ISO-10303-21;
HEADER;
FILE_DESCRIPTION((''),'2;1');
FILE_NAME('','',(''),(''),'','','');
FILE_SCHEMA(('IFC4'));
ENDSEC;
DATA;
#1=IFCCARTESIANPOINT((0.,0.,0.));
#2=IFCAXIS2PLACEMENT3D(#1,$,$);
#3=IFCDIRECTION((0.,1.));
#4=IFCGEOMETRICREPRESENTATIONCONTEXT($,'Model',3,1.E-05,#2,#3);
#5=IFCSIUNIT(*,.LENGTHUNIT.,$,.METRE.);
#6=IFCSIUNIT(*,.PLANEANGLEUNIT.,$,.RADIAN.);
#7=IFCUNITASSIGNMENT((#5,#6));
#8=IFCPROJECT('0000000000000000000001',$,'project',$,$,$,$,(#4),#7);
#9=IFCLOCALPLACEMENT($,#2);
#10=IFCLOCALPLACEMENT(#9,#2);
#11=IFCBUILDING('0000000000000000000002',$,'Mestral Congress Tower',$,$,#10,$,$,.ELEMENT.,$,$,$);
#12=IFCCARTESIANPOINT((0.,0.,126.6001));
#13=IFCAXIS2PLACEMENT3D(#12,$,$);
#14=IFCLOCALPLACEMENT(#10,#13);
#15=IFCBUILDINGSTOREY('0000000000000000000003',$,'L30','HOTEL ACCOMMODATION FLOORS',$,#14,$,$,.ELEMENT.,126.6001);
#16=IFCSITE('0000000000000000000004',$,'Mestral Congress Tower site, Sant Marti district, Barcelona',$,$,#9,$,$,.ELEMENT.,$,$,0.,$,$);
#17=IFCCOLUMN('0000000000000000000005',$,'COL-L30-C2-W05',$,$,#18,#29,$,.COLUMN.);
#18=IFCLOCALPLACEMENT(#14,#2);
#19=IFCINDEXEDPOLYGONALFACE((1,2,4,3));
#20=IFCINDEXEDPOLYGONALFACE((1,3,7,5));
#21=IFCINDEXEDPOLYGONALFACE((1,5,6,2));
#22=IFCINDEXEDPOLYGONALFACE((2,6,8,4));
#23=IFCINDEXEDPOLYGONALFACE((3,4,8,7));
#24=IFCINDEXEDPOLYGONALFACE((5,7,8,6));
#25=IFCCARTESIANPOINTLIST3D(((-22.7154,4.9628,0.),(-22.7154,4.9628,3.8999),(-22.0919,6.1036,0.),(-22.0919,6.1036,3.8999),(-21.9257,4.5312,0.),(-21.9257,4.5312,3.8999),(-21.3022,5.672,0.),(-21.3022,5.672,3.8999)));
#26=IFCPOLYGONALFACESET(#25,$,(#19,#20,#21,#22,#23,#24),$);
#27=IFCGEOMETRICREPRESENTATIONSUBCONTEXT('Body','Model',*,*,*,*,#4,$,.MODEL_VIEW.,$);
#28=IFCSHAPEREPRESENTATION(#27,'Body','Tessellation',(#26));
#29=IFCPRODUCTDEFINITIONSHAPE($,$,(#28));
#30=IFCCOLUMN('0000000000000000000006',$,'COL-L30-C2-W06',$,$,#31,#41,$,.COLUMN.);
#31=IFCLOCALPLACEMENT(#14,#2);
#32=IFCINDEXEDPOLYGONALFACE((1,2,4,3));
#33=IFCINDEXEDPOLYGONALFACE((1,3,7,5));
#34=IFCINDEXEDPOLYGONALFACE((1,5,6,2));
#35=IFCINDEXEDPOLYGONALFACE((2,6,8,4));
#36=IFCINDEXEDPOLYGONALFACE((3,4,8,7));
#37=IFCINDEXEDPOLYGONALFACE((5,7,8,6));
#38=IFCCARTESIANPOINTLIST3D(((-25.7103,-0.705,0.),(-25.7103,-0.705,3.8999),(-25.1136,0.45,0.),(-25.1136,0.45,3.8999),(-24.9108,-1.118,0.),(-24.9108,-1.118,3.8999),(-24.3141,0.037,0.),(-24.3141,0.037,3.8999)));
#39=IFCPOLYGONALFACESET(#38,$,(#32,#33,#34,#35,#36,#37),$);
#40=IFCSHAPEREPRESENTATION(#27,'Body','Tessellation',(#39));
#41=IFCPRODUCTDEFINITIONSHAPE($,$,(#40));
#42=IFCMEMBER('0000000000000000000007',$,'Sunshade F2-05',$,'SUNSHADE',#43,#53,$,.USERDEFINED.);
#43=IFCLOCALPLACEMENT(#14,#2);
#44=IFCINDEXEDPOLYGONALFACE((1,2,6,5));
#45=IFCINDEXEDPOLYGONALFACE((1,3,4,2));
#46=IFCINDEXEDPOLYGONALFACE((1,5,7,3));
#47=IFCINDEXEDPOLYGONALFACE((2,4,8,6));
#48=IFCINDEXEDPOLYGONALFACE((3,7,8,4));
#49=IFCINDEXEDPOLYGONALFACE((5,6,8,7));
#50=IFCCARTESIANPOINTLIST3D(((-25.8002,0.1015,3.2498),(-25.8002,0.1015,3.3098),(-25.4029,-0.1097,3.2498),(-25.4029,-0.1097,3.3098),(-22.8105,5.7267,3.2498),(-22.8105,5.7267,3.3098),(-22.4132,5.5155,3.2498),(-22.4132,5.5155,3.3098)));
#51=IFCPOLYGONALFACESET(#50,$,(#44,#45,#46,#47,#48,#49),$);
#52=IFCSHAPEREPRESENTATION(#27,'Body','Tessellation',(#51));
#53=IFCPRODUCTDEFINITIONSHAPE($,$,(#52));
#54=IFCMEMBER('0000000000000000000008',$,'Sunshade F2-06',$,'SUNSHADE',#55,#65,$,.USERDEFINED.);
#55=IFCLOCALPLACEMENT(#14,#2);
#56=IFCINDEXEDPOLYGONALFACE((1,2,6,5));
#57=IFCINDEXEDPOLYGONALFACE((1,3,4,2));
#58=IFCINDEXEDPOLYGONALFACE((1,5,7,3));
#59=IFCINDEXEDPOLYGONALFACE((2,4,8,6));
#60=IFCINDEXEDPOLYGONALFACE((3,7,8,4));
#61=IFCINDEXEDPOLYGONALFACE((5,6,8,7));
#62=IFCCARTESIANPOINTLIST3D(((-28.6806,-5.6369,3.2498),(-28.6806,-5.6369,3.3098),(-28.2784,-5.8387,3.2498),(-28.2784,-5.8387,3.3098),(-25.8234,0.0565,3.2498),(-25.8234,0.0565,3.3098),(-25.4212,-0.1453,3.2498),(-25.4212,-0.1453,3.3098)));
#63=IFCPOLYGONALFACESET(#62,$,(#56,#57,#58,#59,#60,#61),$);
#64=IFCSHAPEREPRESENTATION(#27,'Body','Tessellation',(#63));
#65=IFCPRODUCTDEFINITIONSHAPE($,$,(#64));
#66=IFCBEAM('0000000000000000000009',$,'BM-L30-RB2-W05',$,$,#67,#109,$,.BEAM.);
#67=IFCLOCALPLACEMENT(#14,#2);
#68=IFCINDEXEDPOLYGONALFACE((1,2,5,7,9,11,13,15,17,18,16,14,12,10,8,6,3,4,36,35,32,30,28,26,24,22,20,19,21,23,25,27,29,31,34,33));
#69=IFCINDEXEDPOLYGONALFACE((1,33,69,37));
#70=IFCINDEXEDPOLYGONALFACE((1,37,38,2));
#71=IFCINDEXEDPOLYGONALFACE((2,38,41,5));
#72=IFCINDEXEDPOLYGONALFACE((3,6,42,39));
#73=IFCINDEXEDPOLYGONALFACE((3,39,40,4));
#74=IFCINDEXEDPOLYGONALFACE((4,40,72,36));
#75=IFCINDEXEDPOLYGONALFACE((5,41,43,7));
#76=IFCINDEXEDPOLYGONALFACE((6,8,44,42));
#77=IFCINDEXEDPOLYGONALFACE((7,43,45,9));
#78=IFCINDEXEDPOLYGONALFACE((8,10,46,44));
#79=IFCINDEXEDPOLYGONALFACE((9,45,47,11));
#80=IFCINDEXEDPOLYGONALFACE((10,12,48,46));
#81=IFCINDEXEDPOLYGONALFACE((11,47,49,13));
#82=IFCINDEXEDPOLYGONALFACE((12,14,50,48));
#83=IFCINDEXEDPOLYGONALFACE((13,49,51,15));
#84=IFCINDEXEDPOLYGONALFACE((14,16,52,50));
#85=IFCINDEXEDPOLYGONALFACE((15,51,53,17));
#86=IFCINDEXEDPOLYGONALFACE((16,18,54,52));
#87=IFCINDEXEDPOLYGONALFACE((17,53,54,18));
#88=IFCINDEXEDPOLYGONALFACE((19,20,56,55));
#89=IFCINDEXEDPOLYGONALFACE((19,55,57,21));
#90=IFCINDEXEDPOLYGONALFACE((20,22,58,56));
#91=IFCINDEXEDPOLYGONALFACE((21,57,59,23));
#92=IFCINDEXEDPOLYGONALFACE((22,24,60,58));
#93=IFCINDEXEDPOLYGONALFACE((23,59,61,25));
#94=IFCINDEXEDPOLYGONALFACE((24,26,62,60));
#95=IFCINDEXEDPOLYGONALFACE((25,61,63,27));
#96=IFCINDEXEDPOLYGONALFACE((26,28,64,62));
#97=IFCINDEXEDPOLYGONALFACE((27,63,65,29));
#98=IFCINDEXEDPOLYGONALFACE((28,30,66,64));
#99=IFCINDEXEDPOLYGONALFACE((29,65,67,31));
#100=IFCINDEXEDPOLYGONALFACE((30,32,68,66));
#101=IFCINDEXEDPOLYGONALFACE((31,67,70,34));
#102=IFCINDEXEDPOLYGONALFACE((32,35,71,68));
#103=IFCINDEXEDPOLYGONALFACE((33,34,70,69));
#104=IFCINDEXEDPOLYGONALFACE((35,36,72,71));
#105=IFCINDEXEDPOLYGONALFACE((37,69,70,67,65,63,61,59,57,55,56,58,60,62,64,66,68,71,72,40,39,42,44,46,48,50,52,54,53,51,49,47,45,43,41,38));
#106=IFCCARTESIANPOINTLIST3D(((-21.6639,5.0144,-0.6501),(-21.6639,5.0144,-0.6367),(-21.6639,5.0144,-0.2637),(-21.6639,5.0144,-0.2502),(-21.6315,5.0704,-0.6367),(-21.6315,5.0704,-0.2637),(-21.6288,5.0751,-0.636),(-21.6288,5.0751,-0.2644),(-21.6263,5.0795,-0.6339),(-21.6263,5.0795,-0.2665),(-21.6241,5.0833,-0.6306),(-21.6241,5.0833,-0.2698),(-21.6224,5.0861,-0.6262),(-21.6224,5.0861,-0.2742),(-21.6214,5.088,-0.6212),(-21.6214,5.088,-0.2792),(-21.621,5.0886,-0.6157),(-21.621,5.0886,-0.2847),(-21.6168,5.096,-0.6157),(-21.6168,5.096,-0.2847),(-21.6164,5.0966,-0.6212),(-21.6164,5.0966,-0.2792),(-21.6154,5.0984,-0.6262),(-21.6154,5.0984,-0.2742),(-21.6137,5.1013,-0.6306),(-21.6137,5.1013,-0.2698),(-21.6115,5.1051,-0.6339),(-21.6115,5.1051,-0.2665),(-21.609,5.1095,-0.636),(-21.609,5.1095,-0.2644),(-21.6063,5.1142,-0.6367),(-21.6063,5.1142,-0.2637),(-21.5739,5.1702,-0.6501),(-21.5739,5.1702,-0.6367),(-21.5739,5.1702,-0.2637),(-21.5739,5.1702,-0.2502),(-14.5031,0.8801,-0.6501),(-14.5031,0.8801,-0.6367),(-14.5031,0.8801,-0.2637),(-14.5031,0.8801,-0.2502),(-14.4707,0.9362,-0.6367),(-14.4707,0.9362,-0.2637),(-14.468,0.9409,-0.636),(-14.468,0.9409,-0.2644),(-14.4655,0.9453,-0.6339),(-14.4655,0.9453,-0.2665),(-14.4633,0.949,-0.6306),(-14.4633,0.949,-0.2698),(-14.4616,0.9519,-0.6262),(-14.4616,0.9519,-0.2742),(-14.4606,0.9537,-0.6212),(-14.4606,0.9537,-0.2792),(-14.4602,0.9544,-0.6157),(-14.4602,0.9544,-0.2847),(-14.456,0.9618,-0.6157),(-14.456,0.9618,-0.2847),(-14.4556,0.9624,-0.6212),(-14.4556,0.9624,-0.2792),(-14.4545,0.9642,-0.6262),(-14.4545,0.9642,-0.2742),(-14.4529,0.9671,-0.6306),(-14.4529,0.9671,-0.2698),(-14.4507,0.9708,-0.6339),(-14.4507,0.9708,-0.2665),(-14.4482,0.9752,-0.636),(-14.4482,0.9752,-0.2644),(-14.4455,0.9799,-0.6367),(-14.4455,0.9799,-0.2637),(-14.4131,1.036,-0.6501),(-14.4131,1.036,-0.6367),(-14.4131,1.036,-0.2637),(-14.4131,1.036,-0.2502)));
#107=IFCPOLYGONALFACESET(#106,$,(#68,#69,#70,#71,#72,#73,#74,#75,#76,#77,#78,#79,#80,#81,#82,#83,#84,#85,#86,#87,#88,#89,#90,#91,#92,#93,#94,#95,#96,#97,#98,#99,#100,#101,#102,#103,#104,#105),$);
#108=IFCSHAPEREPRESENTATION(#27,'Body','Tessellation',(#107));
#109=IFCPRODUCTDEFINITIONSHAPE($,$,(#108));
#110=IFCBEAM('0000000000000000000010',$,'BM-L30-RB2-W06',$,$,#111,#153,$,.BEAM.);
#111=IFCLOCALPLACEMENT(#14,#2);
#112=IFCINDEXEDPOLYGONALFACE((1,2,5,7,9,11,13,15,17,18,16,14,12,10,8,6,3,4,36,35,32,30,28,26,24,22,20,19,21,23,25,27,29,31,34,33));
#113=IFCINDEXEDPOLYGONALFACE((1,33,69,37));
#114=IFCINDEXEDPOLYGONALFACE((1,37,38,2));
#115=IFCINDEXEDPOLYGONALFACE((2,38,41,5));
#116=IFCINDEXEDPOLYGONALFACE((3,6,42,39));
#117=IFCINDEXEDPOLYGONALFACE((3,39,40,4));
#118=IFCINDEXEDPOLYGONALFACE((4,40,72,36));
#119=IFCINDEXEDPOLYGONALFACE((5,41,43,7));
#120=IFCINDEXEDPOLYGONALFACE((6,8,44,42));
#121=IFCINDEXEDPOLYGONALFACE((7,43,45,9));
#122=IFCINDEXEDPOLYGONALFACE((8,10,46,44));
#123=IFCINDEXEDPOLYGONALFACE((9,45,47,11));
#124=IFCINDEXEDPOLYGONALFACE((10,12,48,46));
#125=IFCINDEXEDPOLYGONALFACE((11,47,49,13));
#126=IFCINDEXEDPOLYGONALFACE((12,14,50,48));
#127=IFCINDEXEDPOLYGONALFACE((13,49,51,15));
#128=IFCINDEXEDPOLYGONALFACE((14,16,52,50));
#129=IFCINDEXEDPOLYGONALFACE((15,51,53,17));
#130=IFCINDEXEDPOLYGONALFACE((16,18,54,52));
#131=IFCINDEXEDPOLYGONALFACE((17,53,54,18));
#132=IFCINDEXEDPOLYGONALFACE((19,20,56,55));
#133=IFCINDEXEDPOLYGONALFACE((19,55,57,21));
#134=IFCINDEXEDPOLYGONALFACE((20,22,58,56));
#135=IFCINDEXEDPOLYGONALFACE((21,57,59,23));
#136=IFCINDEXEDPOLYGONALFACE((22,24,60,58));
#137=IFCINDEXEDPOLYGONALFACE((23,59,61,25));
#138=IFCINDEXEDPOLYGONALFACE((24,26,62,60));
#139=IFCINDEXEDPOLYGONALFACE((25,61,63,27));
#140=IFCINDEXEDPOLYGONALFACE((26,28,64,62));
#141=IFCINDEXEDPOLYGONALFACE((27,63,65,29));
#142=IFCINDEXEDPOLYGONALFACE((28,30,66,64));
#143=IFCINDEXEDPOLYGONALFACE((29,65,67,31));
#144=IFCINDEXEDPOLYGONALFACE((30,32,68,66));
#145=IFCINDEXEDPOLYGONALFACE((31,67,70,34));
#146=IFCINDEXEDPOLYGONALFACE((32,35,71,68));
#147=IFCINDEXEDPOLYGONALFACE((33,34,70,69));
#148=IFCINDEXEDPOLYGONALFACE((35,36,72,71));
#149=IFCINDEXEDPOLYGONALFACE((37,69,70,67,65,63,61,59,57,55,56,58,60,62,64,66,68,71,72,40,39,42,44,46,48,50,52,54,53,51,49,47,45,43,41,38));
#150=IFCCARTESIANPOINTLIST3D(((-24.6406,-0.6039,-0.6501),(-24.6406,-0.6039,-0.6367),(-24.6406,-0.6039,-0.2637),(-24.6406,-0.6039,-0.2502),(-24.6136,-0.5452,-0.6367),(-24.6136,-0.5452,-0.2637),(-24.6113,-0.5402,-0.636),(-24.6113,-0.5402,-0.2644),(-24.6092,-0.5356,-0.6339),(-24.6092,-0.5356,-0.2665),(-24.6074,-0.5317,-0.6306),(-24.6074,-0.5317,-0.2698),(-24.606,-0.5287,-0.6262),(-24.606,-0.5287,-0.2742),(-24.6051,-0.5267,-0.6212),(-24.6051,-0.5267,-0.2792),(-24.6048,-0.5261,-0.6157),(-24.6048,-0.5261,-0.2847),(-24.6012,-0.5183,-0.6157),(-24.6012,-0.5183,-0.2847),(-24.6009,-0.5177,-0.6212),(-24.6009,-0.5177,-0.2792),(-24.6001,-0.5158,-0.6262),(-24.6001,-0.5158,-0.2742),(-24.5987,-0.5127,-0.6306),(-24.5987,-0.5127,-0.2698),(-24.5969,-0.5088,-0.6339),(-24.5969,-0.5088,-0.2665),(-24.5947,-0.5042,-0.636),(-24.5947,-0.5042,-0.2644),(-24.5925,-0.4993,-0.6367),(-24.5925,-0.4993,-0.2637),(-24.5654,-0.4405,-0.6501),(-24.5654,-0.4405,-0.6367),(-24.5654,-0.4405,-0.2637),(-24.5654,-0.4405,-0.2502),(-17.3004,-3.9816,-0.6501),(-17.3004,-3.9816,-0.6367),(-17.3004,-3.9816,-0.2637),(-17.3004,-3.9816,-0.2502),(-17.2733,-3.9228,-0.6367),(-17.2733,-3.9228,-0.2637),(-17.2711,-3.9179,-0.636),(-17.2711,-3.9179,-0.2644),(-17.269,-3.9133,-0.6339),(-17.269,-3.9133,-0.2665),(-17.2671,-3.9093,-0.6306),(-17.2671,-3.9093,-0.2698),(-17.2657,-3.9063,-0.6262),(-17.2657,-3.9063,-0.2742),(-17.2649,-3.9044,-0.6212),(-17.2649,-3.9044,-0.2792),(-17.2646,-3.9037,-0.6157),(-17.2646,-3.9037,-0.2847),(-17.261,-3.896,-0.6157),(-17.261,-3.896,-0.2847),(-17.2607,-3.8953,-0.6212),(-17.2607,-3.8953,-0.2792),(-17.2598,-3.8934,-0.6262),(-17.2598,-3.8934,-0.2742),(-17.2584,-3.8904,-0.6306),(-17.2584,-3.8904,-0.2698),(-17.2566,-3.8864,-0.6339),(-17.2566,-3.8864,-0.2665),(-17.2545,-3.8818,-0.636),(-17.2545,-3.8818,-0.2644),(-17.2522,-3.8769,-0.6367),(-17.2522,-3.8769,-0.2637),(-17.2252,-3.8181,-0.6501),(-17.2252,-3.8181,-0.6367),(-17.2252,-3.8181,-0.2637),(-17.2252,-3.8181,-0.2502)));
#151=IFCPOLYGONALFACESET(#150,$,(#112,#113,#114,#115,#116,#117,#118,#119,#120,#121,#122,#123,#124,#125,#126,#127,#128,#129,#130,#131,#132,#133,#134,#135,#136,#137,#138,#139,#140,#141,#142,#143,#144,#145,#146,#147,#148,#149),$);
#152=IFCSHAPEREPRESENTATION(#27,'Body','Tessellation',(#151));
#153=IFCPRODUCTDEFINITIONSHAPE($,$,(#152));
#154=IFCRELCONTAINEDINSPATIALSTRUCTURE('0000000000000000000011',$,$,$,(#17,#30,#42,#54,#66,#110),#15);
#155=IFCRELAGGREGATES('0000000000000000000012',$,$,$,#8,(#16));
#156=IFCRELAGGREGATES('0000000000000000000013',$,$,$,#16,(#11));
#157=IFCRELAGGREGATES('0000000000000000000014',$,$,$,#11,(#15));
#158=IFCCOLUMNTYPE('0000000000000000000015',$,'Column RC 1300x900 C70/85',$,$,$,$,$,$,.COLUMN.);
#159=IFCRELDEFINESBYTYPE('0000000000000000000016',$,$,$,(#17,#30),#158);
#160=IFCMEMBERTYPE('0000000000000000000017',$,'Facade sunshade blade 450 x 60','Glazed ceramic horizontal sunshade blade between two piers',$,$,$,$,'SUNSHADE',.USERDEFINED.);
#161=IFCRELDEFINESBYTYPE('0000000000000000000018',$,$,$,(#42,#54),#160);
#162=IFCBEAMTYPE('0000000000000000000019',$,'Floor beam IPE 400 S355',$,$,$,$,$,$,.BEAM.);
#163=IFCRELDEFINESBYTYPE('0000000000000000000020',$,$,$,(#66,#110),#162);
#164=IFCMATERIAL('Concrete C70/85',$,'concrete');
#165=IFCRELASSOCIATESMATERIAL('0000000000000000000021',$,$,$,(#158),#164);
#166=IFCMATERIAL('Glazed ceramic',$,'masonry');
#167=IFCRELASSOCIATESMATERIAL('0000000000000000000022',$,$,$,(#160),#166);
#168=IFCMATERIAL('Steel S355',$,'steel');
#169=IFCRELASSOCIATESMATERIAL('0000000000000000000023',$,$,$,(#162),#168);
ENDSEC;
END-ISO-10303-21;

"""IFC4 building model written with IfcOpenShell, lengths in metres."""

from ifc_helpers import new_model, si_unit, direction, frame, origin, origin_2d, place, context, subcontext, project, spatial, rectangle, i_section, extrude, material, material_profile, profile_set, type_object, element, save


model = new_model("IFC4")

# Units and contexts
model_context = context("Model", 3, precision=1e-05, world=origin(), true_north=direction((0.0, 1.0)))
body_context = subcontext(model_context, "Body", "Model", "MODEL_VIEW")
ifc_project = project(units=[si_unit("LENGTHUNIT", "METRE"), si_unit("PLANEANGLEUNIT", "RADIAN")], contexts=[model_context])

# Site, building, storey
site_placement = place(None, origin())
site = spatial("IfcSite", under=ifc_project, at=site_placement, Name="Mestral Congress Tower site, Sant Marti district, Barcelona", CompositionType="ELEMENT", RefElevation=0.0)
building_placement = place(site_placement, origin())
building = spatial("IfcBuilding", under=site, at=building_placement, Name="Mestral Congress Tower", CompositionType="ELEMENT")
storey_placement = place(building_placement, frame((0.0, 0.0, 126.6001)))
storey = spatial("IfcBuildingStorey", under=building, at=storey_placement, Name="L30", Description="HOTEL ACCOMMODATION FLOORS", CompositionType="ELEMENT", Elevation=126.6001)

# Columns
ifc_material_1 = material(Name="Concrete C70/85", Category="concrete")
ifc_material_profile_1 = material_profile(ifc_material_1, rectangle(XDim=1.3, YDim=0.8999, at=origin_2d()), Name="RC 1300x900")
ifc_profile_set_1 = profile_set([ifc_material_profile_1], Name="Concrete C70/85")
column_type = type_object("IfcColumnType", Name="Column RC 1300x900 C70/85", PredefinedType="COLUMN", material=ifc_profile_set_1)
for number, where, z_axis, x_axis, name in (
    (1, (-22.0088, 5.3174, 0.0), (0.0, 0.0, 1.0), (-0.479613, -0.87748, 0.0), "COL-L30-C2-W05"),
    (2, (-25.0122, -0.334, 0.0), (0.0, 0.0, 1.0), (-0.458961, -0.888456, 0.0), "COL-L30-C2-W06"),
):
    element("IfcColumn", number, at=place(storey_placement, frame(where, z_axis=z_axis, x_axis=x_axis)), inside=storey, type_object=column_type, Name=name, PredefinedType="COLUMN", context=body_context, shape_type="SweptSolid", body=[
        extrude(rectangle(XDim=1.3, YDim=0.8999, at=origin_2d()), origin(), (0.0, 0.0, 1.0), 3.8999),
    ])

# Members
ifc_material_2 = material(Name="Glazed ceramic", Category="masonry")
ifc_material_profile_2 = material_profile(ifc_material_2, rectangle(XDim=0.45, YDim=0.0601, at=origin_2d()), Name="Ceramic blade 450 x 60")
ifc_profile_set_2 = profile_set([ifc_material_profile_2], Name="Glazed ceramic")
member_type = type_object("IfcMemberType", Name="Facade sunshade blade 450 x 60", Description="Glazed ceramic horizontal sunshade blade between two piers", ElementType="SUNSHADE", PredefinedType="USERDEFINED", material=ifc_profile_set_2)
member_1_placement = place(storey_placement, frame((-22.6118, 5.6211, 3.2798), z_axis=(-0.469319, -0.883029, 0.0), x_axis=(0.883029, -0.469319, 0.0)))
element("IfcMember", 3, at=member_1_placement, inside=storey, type_object=member_type, Name="Sunshade F2-05", ObjectType="SUNSHADE", PredefinedType="USERDEFINED", context=body_context, shape_type="SweptSolid", body=[
    extrude(rectangle(XDim=0.45, YDim=0.0601, at=origin_2d()), origin(), (0.0, 0.0, 1.0), 6.3704),
])
member_2_placement = place(storey_placement, frame((-25.6223, -0.0444, 3.2798), z_axis=(-0.448532, -0.893767, 0.0), x_axis=(0.893767, -0.448532, 0.0)))
element("IfcMember", 4, at=member_2_placement, inside=storey, type_object=member_type, Name="Sunshade F2-06", ObjectType="SUNSHADE", PredefinedType="USERDEFINED", context=body_context, shape_type="SweptSolid", body=[
    extrude(rectangle(XDim=0.45, YDim=0.0601, at=origin_2d()), origin(), (0.0, 0.0, 1.0), 6.3701),
])

# Beams
ifc_material_3 = material(Name="Steel S355", Category="steel")
ifc_material_profile_3 = material_profile(ifc_material_3, i_section(OverallWidth=0.1799, OverallDepth=0.3999, WebThickness=0.0085, FlangeThickness=0.0134, FilletRadius=0.021, at=origin_2d()), Name="IPE 400")
ifc_profile_set_3 = profile_set([ifc_material_profile_3], Name="Steel S355")
beam_type_1 = type_object("IfcBeamType", Name="Floor beam IPE 400 S355", PredefinedType="BEAM", material=ifc_profile_set_3)
beam_1_placement = place(storey_placement, frame((-21.6189, 5.0923, -0.4502), z_axis=(0.866029, -0.499994, 0.0), x_axis=(0.499994, 0.866029, 0.0)))
element("IfcBeam", 5, at=beam_1_placement, inside=storey, type_object=beam_type_1, Name="BM-L30-RB2-W05", PredefinedType="BEAM", context=body_context, shape_type="SweptSolid", body=[
    extrude(i_section(OverallWidth=0.1799, OverallDepth=0.3999, WebThickness=0.0085, FlangeThickness=0.0134, FilletRadius=0.021, at=origin_2d()), origin(), (0.0, 0.0, 1.0), 8.2686),
])
beam_2_placement = place(storey_placement, frame((-24.603, -0.5222, -0.4502), z_axis=(0.908437, -0.418021, 0.0), x_axis=(0.418021, 0.908437, 0.0)))
element("IfcBeam", 6, at=beam_2_placement, inside=storey, type_object=beam_type_1, Name="BM-L30-RB2-W06", PredefinedType="BEAM", context=body_context, shape_type="SweptSolid", body=[
    extrude(i_section(OverallWidth=0.1799, OverallDepth=0.3999, WebThickness=0.0085, FlangeThickness=0.0134, FilletRadius=0.021, at=origin_2d()), origin(), (0.0, 0.0, 1.0), 8.0801),
])

save(model, "model.ifc")
